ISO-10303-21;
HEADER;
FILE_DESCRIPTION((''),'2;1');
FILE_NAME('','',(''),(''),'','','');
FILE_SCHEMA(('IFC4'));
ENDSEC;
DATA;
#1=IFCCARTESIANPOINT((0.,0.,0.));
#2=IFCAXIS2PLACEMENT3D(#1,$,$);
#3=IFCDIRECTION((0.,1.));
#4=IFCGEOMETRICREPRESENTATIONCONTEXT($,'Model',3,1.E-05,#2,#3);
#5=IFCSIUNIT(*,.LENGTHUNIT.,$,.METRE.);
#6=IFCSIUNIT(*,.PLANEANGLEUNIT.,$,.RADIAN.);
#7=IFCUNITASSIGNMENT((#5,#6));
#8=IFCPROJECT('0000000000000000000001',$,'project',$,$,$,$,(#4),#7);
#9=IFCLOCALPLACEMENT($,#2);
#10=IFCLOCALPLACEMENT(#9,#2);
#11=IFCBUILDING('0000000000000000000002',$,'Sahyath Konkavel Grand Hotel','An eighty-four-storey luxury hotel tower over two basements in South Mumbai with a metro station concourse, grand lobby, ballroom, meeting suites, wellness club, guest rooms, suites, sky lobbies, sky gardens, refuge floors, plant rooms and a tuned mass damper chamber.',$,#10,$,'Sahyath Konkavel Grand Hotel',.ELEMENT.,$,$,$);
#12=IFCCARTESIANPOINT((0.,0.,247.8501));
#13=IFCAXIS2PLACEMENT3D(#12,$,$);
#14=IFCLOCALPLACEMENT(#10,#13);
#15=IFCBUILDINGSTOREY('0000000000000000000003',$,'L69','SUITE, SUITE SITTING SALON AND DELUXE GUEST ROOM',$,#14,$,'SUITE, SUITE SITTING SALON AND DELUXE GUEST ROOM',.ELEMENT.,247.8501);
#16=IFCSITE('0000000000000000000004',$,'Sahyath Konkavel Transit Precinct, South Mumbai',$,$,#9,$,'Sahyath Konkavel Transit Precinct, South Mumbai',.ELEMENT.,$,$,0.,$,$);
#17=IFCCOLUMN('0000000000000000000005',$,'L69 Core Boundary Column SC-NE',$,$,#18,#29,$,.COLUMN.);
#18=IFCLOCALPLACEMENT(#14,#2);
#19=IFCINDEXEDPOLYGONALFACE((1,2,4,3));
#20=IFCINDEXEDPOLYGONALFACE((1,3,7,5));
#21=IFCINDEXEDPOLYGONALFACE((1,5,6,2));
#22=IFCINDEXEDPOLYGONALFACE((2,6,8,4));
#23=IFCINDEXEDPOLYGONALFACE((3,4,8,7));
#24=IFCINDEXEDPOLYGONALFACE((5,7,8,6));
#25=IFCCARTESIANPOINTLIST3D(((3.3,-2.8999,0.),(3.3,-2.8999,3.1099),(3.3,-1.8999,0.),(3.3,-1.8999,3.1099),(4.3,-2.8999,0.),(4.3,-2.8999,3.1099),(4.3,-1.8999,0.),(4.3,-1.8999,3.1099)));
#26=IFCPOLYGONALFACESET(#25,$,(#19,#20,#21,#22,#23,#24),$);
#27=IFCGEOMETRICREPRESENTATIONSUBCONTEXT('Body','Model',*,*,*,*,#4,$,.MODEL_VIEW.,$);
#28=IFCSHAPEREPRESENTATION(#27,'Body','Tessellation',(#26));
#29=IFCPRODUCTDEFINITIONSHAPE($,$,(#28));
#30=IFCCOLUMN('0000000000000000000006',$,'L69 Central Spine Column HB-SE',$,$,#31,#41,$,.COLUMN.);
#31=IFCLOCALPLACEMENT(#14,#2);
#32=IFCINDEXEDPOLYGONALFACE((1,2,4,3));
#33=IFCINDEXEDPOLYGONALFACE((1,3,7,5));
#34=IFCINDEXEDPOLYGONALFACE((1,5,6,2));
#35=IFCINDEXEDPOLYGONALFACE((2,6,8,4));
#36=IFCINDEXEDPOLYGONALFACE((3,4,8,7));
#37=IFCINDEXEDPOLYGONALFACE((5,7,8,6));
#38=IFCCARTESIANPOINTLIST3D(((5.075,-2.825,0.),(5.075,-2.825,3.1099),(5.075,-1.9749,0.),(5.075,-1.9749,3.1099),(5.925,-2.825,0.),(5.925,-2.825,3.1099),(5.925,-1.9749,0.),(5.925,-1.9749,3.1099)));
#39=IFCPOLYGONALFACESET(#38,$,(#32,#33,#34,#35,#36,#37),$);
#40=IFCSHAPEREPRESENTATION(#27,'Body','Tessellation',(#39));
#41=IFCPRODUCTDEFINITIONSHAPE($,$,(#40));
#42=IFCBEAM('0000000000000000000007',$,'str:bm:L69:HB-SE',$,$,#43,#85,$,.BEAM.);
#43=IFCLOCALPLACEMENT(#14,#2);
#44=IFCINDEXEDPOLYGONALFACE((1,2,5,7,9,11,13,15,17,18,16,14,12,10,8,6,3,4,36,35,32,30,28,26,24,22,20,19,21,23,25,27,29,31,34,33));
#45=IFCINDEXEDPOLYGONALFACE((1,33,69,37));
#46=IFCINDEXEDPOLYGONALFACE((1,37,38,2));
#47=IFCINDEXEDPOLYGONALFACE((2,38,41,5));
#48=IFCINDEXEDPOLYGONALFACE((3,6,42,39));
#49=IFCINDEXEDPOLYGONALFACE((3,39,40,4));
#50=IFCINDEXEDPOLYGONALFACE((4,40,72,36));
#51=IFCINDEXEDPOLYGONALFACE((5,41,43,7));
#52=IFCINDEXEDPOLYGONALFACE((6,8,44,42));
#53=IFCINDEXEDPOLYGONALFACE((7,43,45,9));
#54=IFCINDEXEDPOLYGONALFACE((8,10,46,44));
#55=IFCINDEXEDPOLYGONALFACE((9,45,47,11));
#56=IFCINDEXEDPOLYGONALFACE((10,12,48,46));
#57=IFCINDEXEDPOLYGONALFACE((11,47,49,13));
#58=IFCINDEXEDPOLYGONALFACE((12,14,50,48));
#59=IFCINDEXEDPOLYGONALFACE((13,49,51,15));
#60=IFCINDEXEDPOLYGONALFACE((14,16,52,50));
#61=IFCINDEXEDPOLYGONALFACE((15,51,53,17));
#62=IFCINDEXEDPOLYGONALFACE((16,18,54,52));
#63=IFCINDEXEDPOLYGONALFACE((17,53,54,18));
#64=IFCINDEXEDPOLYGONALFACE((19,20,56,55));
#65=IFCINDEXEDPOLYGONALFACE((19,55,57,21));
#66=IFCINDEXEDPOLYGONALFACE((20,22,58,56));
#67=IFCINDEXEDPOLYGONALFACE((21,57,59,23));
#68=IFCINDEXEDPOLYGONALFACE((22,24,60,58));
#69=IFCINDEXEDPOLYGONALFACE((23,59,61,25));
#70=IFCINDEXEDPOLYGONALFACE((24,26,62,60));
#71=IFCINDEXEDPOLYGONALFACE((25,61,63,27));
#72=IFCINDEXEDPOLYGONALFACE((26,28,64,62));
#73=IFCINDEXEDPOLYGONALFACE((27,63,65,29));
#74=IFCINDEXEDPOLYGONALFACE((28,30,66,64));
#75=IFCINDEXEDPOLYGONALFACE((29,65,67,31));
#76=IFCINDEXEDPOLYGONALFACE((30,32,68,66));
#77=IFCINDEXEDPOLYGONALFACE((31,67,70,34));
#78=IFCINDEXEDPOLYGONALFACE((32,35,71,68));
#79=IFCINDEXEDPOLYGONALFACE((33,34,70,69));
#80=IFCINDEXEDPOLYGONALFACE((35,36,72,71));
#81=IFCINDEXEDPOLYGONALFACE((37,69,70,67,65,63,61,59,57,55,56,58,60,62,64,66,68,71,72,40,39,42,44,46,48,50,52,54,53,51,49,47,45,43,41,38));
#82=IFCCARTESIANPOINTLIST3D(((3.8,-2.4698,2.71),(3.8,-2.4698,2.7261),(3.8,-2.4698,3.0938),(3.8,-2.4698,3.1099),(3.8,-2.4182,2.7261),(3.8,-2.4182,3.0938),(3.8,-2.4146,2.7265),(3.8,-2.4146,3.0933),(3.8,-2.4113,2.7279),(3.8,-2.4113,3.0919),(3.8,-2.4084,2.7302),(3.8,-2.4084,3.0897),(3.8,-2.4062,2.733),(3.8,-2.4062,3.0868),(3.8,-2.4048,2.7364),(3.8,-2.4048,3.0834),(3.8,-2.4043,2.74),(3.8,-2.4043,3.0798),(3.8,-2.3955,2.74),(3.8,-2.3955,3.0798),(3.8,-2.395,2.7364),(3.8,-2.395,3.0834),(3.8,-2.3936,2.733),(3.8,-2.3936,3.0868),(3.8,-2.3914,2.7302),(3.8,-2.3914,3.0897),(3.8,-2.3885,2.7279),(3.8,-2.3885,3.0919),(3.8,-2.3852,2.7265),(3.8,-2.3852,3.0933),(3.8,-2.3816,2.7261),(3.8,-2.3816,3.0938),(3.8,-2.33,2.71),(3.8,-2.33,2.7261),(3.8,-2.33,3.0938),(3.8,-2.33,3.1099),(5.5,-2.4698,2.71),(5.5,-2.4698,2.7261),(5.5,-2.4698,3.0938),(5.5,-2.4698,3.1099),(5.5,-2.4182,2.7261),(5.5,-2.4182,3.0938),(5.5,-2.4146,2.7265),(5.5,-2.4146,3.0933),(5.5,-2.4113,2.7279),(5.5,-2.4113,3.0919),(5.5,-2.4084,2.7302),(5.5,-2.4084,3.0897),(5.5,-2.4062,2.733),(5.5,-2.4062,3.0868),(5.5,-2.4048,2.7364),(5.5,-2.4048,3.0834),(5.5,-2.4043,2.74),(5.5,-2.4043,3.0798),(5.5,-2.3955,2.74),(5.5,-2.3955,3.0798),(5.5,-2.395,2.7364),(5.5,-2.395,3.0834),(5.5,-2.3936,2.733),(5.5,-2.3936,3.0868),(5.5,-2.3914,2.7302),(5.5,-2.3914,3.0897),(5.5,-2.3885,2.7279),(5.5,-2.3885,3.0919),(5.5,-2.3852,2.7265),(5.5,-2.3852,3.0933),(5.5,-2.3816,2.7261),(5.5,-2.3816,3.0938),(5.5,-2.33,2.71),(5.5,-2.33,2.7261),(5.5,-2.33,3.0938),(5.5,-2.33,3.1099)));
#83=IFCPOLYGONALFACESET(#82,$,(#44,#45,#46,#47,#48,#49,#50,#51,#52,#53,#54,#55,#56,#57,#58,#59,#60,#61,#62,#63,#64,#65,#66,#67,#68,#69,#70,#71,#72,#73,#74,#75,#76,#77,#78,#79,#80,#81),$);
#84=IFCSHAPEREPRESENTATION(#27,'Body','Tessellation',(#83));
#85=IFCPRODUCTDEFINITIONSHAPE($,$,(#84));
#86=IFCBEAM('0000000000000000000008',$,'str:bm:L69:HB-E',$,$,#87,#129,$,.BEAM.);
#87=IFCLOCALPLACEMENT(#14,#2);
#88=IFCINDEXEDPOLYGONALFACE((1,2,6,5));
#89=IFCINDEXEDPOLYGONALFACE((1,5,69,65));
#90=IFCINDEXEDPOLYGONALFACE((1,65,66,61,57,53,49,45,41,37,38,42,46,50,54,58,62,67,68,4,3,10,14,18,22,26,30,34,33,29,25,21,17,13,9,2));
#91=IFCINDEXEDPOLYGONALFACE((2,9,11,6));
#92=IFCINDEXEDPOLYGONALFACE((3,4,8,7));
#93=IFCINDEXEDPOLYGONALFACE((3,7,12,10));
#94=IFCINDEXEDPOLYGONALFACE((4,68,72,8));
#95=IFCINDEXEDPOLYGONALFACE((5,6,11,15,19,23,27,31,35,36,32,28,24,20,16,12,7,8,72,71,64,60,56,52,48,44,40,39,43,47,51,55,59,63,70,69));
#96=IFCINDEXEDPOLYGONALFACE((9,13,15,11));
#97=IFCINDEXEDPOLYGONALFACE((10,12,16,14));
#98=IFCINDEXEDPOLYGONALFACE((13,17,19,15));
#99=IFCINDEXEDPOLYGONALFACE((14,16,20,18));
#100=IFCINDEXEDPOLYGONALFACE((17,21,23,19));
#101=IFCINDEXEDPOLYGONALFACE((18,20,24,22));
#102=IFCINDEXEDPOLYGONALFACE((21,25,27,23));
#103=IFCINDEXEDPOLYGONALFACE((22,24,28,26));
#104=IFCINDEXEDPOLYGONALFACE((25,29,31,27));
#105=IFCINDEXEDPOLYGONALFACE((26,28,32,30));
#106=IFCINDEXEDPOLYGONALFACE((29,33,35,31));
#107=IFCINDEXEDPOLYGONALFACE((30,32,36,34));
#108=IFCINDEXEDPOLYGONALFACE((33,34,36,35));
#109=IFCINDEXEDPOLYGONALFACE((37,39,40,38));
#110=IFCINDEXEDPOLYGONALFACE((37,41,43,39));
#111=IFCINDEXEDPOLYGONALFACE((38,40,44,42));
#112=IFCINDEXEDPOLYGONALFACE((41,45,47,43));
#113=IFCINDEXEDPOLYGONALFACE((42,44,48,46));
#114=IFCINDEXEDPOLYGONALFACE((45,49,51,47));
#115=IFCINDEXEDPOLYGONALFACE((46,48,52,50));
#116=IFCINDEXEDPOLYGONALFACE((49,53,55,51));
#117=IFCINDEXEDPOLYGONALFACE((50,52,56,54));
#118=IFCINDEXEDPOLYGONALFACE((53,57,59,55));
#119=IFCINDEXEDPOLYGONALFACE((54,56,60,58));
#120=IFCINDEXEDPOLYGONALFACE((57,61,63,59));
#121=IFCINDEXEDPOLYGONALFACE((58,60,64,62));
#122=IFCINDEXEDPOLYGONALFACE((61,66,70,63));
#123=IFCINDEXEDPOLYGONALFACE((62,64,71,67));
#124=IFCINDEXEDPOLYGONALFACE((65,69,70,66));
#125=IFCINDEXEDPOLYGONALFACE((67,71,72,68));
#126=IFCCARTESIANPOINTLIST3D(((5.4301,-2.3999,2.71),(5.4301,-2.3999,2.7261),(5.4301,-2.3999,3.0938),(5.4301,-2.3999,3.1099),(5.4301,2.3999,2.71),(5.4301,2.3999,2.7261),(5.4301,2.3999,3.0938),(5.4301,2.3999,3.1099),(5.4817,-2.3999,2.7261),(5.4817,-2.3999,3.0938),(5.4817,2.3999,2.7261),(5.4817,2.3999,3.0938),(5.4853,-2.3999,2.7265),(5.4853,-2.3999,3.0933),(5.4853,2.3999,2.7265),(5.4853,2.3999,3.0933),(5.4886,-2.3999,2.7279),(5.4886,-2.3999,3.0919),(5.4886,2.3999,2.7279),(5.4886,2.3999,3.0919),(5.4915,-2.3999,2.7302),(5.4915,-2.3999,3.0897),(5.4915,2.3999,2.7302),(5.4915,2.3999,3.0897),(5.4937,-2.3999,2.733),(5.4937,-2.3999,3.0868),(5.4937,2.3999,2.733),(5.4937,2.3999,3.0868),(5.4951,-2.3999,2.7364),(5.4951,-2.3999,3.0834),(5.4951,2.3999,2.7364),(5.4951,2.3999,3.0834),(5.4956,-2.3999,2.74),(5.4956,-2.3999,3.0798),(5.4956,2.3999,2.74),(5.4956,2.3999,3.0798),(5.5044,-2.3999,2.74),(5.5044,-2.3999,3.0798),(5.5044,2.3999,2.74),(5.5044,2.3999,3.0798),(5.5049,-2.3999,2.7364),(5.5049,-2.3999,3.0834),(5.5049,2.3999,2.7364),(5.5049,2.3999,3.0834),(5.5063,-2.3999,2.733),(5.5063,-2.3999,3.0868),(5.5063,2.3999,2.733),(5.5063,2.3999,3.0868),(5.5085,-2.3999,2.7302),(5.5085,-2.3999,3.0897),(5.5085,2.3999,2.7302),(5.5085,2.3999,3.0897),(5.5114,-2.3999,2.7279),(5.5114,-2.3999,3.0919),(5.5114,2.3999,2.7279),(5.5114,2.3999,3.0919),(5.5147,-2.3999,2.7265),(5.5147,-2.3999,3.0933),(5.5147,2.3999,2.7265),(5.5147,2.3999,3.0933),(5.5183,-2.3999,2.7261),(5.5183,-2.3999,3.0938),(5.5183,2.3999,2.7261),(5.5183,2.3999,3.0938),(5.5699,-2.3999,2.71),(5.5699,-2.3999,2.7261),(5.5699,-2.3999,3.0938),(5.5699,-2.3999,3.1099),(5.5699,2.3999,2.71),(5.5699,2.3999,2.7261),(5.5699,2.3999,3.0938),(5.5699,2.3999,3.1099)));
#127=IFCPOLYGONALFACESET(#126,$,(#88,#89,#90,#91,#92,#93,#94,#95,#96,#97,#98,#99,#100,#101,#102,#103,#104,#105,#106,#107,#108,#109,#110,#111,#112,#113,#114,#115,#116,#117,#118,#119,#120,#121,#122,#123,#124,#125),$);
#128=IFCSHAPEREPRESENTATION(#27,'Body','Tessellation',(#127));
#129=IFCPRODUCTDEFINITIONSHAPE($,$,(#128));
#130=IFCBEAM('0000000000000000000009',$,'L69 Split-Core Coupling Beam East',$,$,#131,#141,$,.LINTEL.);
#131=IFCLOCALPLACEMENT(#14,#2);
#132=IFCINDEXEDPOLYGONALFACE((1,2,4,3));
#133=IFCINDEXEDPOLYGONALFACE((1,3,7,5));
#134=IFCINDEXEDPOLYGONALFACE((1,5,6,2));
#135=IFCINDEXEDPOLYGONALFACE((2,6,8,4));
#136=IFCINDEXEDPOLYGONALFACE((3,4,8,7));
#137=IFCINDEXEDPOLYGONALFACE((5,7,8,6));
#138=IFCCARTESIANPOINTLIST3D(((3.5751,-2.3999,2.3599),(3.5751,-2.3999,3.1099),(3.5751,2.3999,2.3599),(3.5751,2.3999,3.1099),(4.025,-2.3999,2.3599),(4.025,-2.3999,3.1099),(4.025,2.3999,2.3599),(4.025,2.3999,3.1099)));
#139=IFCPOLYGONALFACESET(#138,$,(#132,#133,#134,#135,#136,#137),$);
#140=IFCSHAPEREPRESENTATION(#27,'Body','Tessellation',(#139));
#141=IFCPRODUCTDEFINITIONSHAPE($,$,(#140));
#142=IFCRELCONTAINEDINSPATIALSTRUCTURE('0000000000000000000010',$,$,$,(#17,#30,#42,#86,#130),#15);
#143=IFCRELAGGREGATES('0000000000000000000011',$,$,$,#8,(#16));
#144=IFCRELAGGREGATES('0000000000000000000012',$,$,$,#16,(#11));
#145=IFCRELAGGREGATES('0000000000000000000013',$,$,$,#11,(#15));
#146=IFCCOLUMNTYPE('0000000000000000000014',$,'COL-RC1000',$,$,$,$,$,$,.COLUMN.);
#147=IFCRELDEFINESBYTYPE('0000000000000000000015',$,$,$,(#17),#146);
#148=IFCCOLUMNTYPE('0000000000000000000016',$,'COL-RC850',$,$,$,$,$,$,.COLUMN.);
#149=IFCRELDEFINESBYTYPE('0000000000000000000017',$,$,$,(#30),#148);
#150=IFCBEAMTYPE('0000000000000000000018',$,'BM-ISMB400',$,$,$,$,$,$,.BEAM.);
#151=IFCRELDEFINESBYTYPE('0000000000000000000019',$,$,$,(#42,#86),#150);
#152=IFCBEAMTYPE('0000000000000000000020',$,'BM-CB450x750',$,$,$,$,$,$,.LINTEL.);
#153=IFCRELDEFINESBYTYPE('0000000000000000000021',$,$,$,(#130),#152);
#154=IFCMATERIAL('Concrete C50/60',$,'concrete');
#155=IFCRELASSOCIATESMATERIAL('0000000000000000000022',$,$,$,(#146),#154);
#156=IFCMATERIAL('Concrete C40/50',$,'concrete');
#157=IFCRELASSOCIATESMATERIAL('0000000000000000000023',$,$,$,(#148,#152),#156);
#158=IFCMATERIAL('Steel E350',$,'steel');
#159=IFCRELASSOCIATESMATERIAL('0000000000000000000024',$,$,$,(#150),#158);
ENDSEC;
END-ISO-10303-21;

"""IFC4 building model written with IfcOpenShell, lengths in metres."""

from ifc_helpers import new_model, si_unit, direction, frame, origin, origin_2d, place, context, subcontext, project, spatial, rectangle, i_section, extrude, source, transform, mapped, material, material_profile, profile_set, type_object, element, save


model = new_model("IFC4")

# Units and contexts
model_context = context("Model", 3, precision=1e-05, world=origin(), true_north=direction((0.0, 1.0)))
body_context = subcontext(model_context, "Body", "Model", "MODEL_VIEW")
ifc_project = project(units=[si_unit("LENGTHUNIT", "METRE"), si_unit("PLANEANGLEUNIT", "RADIAN")], contexts=[model_context])

# Site, building, storey
site_placement = place(None, origin())
site = spatial("IfcSite", under=ifc_project, at=site_placement, Name="Sahyath Konkavel Transit Precinct, South Mumbai", LongName="Sahyath Konkavel Transit Precinct, South Mumbai", CompositionType="ELEMENT", RefElevation=0.0)
building_placement = place(site_placement, origin())
building = spatial("IfcBuilding", under=site, at=building_placement, Name="Sahyath Konkavel Grand Hotel", Description="An eighty-four-storey luxury hotel tower over two basements in South Mumbai with a metro station concourse, grand lobby, ballroom, meeting suites, wellness club, guest rooms, suites, sky lobbies, sky gardens, refuge floors, plant rooms and a tuned mass damper chamber.", LongName="Sahyath Konkavel Grand Hotel", CompositionType="ELEMENT")
storey_placement = place(building_placement, frame((0.0, 0.0, 247.8501)))
storey = spatial("IfcBuildingStorey", under=building, at=storey_placement, Name="L69", Description="SUITE, SUITE SITTING SALON AND DELUXE GUEST ROOM", LongName="SUITE, SUITE SITTING SALON AND DELUXE GUEST ROOM", CompositionType="ELEMENT", Elevation=247.8501)

# Columns
ifc_material_1 = material(Name="Concrete C50/60", Category="concrete")
ifc_material_profile_1 = material_profile(ifc_material_1, rectangle(XDim=1.0, YDim=1.0, at=origin_2d()), Name="RC 1000x1000")
ifc_profile_set_1 = profile_set([ifc_material_profile_1], Name="Concrete C50/60")
column_type_1 = type_object("IfcColumnType", Name="COL-RC1000", PredefinedType="COLUMN", material=ifc_profile_set_1)
shared_shape_1 = source(origin(), body_context, "Body", "SweptSolid", [
    extrude(rectangle(XDim=1.0, YDim=1.0, at=origin_2d()), origin(), (0.0, 0.0, 1.0), 3.1099),
])
column_1_placement = place(storey_placement, frame((3.8, -2.3999, 0.0), z_axis=(0.0, 0.0, 1.0), x_axis=(1.0, 0.0, 0.0)))
element("IfcColumn", 1, at=column_1_placement, inside=storey, type_object=column_type_1, Name="L69 Core Boundary Column SC-NE", PredefinedType="COLUMN", context=body_context, shape_type="MappedRepresentation", body=[
    mapped(shared_shape_1, transform((0.0, 0.0, 0.0), scale=1.0)),
])
ifc_material_2 = material(Name="Concrete C40/50", Category="concrete")
ifc_material_profile_2 = material_profile(ifc_material_2, rectangle(XDim=0.8501, YDim=0.8501, at=origin_2d()), Name="RC 850x850")
ifc_profile_set_2 = profile_set([ifc_material_profile_2], Name="Concrete C40/50")
column_type_2 = type_object("IfcColumnType", Name="COL-RC850", PredefinedType="COLUMN", material=ifc_profile_set_2)
shared_shape_2 = source(origin(), body_context, "Body", "SweptSolid", [
    extrude(rectangle(XDim=0.8501, YDim=0.8501, at=origin_2d()), origin(), (0.0, 0.0, 1.0), 3.1099),
])
column_2_placement = place(storey_placement, frame((5.5, -2.3999, 0.0), z_axis=(0.0, 0.0, 1.0), x_axis=(1.0, 0.0, 0.0)))
element("IfcColumn", 2, at=column_2_placement, inside=storey, type_object=column_type_2, Name="L69 Central Spine Column HB-SE", PredefinedType="COLUMN", context=body_context, shape_type="MappedRepresentation", body=[
    mapped(shared_shape_2, transform((0.0, 0.0, 0.0), scale=1.0)),
])

# Beams
ifc_material_3 = material(Name="Steel E350", Category="steel")
ifc_material_profile_3 = material_profile(ifc_material_3, i_section(OverallWidth=0.1399, OverallDepth=0.3999, WebThickness=0.0088, FlangeThickness=0.0161, FilletRadius=0.0139, at=origin_2d()), Name="ISMB 400")
ifc_profile_set_3 = profile_set([ifc_material_profile_3], Name="Steel E350")
beam_type_1 = type_object("IfcBeamType", Name="BM-ISMB400", PredefinedType="BEAM", material=ifc_profile_set_3)
shared_shape_3 = source(origin(), body_context, "Body", "SweptSolid", [
    extrude(i_section(OverallWidth=0.1399, OverallDepth=0.3999, WebThickness=0.0088, FlangeThickness=0.0161, FilletRadius=0.0139, at=origin_2d()), origin(), (0.0, 0.0, 1.0), 1.7),
])
beam_1_placement = place(storey_placement, frame((3.8, -2.3999, 2.9099), z_axis=(1.0, 0.0, 0.0), x_axis=(0.0, 1.0, 0.0)))
element("IfcBeam", 3, at=beam_1_placement, inside=storey, type_object=beam_type_1, Name="str:bm:L69:HB-SE", PredefinedType="BEAM", context=body_context, shape_type="MappedRepresentation", body=[
    mapped(shared_shape_3, transform((0.0, 0.0, 0.0), scale=1.0)),
])
shared_shape_4 = source(origin(), body_context, "Body", "SweptSolid", [
    extrude(i_section(OverallWidth=0.1399, OverallDepth=0.3999, WebThickness=0.0088, FlangeThickness=0.0161, FilletRadius=0.0139, at=origin_2d()), origin(), (0.0, 0.0, 1.0), 4.7998),
])
beam_2_placement = place(storey_placement, frame((5.5, -2.3999, 2.9099), z_axis=(0.0, 1.0, 0.0), x_axis=(-1.0, 0.0, 0.0)))
element("IfcBeam", 4, at=beam_2_placement, inside=storey, type_object=beam_type_1, Name="str:bm:L69:HB-E", PredefinedType="BEAM", context=body_context, shape_type="MappedRepresentation", body=[
    mapped(shared_shape_4, transform((0.0, 0.0, 0.0), scale=1.0)),
])
ifc_material_profile_4 = material_profile(ifc_material_2, rectangle(XDim=0.45, YDim=0.75, at=origin_2d()), Name="RC 450x750")
ifc_profile_set_4 = profile_set([ifc_material_profile_4], Name="Concrete C40/50")
beam_type_2 = type_object("IfcBeamType", Name="BM-CB450x750", PredefinedType="LINTEL", material=ifc_profile_set_4)
shared_shape_5 = source(origin(), body_context, "Body", "SweptSolid", [
    extrude(rectangle(XDim=0.45, YDim=0.75, at=origin_2d()), origin(), (0.0, 0.0, 1.0), 4.7998),
])
beam_3_placement = place(storey_placement, frame((3.8, -2.3999, 2.7349), z_axis=(0.0, 1.0, 0.0), x_axis=(-1.0, 0.0, 0.0)))
element("IfcBeam", 5, at=beam_3_placement, inside=storey, type_object=beam_type_2, Name="L69 Split-Core Coupling Beam East", PredefinedType="LINTEL", context=body_context, shape_type="MappedRepresentation", body=[
    mapped(shared_shape_5, transform((0.0, 0.0, 0.0), scale=1.0)),
])

save(model, "model.ifc")
